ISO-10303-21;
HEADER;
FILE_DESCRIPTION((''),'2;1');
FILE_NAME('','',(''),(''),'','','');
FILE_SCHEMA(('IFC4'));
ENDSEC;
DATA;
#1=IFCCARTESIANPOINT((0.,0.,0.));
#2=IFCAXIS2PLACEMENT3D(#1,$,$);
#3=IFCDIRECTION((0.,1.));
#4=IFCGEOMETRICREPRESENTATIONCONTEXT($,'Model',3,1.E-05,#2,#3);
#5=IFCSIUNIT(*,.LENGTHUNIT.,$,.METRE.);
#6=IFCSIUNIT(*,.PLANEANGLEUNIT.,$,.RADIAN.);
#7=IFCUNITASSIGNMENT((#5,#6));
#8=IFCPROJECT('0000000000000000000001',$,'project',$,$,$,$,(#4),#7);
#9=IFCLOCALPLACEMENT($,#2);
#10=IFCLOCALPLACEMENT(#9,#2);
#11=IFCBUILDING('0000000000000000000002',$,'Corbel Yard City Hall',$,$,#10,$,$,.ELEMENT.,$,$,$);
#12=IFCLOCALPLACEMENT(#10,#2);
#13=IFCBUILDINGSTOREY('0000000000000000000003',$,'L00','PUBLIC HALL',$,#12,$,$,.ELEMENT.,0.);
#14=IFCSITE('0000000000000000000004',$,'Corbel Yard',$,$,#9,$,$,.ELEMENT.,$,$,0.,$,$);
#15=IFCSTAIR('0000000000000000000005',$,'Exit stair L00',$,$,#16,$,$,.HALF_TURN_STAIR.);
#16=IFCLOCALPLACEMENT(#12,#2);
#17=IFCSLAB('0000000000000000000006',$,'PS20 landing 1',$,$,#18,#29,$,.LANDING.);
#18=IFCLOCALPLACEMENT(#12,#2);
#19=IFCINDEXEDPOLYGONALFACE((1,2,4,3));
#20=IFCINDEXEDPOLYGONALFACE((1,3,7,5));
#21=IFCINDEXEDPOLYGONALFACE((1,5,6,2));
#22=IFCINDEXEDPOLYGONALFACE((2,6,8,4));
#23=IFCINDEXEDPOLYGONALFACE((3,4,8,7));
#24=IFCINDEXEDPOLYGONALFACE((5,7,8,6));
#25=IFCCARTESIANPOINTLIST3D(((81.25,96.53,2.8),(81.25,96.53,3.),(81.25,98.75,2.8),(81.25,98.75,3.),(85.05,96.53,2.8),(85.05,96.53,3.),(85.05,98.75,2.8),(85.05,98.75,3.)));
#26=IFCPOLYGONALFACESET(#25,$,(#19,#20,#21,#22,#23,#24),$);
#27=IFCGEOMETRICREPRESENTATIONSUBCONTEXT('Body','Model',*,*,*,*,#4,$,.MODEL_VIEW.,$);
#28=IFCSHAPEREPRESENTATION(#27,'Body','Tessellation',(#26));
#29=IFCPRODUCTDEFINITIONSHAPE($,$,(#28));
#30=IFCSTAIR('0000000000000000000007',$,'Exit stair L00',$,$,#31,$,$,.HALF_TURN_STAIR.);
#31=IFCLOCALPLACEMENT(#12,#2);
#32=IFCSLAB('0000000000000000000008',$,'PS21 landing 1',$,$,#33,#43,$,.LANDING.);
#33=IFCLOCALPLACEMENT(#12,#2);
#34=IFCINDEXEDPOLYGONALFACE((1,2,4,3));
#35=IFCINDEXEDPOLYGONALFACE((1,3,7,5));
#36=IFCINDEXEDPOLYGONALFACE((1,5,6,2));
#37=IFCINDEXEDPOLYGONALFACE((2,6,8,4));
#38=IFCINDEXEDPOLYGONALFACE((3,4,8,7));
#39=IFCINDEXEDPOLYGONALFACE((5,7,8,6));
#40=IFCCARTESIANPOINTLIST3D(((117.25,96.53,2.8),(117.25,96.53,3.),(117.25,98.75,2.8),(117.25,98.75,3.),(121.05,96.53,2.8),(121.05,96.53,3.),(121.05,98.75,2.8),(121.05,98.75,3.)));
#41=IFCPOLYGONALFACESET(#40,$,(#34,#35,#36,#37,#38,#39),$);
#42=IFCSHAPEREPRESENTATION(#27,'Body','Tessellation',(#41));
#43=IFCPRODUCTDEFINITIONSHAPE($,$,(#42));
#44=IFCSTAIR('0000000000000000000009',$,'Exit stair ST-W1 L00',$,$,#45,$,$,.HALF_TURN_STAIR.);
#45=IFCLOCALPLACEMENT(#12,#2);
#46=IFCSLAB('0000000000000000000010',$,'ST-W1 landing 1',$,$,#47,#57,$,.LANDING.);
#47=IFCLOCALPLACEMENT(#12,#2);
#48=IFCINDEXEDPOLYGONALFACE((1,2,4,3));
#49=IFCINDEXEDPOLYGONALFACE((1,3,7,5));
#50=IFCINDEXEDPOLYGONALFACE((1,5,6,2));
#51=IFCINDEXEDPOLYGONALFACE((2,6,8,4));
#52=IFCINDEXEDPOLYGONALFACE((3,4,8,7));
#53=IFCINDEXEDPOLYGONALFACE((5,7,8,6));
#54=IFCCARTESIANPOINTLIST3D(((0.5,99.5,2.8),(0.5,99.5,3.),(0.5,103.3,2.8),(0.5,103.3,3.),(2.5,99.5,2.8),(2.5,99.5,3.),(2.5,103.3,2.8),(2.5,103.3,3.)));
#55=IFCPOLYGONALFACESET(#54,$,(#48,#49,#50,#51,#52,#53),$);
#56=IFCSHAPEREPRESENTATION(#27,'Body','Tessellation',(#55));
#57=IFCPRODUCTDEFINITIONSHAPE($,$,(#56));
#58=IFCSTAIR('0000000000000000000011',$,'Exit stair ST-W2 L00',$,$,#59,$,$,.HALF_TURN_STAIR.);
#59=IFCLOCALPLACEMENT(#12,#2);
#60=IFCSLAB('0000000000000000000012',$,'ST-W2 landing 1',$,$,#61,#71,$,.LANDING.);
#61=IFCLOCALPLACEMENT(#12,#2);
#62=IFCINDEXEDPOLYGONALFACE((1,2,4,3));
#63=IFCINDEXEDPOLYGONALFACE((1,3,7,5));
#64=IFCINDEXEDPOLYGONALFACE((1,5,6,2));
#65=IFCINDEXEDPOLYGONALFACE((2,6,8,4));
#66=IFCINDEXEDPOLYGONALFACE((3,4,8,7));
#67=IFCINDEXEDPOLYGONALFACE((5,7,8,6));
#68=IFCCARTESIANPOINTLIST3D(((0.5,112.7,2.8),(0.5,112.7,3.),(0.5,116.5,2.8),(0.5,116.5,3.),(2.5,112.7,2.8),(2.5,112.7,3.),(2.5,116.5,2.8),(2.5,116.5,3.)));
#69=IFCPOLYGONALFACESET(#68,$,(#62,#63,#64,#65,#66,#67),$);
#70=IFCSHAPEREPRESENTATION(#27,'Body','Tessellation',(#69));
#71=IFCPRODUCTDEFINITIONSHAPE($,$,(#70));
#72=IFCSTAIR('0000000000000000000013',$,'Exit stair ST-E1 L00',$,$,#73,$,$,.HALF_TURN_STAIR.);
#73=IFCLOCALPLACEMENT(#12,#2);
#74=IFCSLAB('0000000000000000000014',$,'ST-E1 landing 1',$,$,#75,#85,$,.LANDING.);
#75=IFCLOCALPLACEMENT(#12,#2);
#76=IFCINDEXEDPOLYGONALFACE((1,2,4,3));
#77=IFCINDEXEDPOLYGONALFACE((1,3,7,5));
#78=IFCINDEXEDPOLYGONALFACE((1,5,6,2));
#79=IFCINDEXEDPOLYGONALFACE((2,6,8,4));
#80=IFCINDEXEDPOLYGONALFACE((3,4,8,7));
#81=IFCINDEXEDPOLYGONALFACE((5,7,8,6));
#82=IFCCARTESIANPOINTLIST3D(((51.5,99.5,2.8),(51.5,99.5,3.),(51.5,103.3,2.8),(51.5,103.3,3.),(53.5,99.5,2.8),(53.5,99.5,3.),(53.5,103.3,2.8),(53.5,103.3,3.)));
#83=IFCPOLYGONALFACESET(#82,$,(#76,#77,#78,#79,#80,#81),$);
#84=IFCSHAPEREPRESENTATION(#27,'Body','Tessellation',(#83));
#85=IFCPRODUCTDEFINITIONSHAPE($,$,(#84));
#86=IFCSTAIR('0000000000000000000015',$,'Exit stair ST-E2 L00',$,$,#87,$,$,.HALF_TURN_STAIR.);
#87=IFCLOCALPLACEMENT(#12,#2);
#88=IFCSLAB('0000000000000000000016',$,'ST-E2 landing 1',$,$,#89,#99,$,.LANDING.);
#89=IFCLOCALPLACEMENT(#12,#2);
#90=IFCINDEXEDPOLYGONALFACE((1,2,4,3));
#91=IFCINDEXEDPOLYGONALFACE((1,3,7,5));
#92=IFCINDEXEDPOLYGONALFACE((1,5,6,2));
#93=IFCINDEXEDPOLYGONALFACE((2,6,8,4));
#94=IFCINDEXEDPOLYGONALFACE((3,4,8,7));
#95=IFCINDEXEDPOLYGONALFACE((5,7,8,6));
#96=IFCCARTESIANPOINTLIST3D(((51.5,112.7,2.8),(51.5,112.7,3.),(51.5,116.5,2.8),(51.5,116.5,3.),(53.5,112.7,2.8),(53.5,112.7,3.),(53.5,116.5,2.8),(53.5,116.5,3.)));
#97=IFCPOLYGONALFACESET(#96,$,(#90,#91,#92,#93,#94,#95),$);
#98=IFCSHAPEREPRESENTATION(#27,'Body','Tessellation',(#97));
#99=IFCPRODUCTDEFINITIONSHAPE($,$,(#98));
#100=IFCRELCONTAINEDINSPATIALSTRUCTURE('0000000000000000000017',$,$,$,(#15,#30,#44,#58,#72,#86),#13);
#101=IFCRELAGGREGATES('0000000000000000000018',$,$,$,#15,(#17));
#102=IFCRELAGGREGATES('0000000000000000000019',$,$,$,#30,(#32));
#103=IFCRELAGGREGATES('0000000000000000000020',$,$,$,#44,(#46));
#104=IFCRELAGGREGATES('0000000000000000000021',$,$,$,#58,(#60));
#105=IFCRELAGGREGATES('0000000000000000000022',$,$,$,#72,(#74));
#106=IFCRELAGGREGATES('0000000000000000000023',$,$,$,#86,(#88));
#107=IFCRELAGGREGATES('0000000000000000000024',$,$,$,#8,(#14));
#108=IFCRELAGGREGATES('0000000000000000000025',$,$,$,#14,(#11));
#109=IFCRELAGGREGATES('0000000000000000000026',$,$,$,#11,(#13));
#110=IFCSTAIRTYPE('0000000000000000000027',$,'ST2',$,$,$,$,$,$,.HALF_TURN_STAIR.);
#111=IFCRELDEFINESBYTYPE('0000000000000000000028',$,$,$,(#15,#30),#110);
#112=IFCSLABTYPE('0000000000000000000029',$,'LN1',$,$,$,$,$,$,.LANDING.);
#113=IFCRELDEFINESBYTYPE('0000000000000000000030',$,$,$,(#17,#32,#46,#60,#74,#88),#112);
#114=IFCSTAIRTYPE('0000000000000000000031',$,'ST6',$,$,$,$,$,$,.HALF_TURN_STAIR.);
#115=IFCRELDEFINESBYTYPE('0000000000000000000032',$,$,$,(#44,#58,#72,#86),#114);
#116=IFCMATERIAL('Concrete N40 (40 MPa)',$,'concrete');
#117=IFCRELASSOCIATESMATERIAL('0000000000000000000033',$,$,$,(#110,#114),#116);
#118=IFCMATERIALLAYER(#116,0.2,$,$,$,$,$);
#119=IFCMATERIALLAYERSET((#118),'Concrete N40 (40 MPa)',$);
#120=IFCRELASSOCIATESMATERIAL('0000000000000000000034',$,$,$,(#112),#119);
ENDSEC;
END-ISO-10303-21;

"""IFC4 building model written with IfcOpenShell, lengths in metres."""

from ifc_helpers import new_model, si_unit, direction, frame, origin, place, context, subcontext, project, spatial, polyline, outline, extrude, material, layer, layer_set, type_object, element, aggregate, save


model = new_model("IFC4")

# Units and contexts
model_context = context("Model", 3, precision=1e-05, world=origin(), true_north=direction((0.0, 1.0)))
body_context = subcontext(model_context, "Body", "Model", "MODEL_VIEW")
ifc_project = project(units=[si_unit("LENGTHUNIT", "METRE"), si_unit("PLANEANGLEUNIT", "RADIAN")], contexts=[model_context])

# Site, building, storey
site_placement = place(None, origin())
site = spatial("IfcSite", under=ifc_project, at=site_placement, Name="Corbel Yard", CompositionType="ELEMENT", RefElevation=0.0)
building_placement = place(site_placement, origin())
building = spatial("IfcBuilding", under=site, at=building_placement, Name="Corbel Yard City Hall", CompositionType="ELEMENT")
storey_placement = place(building_placement, origin())
storey = spatial("IfcBuildingStorey", under=building, at=storey_placement, Name="L00", Description="PUBLIC HALL", CompositionType="ELEMENT", Elevation=0.0)

# Stairs, slabs
ifc_material = material(Name="Concrete N40 (40 MPa)", Category="concrete")
stair_type_1 = type_object("IfcStairType", Name="ST2", PredefinedType="HALF_TURN_STAIR", material=ifc_material)
ifc_layer = layer(ifc_material, 0.2)
ifc_layer_set = layer_set([ifc_layer], Name="Concrete N40 (40 MPa)")
slab_type = type_object("IfcSlabType", Name="LN1", PredefinedType="LANDING", material=ifc_layer_set)
stair_1_placement = place(storey_placement, origin())
stair_1 = element("IfcStair", 1, at=stair_1_placement, inside=storey, type_object=stair_type_1, Name="Exit stair L00", PredefinedType="HALF_TURN_STAIR")
slab_1_placement = place(storey_placement, frame((0.0, 0.0, 2.8)))
slab_1 = element("IfcSlab", 2, at=slab_1_placement, type_object=slab_type, Name="PS20 landing 1", PredefinedType="LANDING", context=body_context, shape_type="SweptSolid", body=[
    extrude(outline(polyline([(81.25, 96.53), (85.05, 96.53), (85.05, 98.75), (81.25, 98.75), (81.25, 96.53)])), origin(), (0.0, 0.0, 1.0), 0.2),
])
aggregate(stair_1, [slab_1])
stair_2_placement = place(storey_placement, origin())
stair_2 = element("IfcStair", 3, at=stair_2_placement, inside=storey, type_object=stair_type_1, Name="Exit stair L00", PredefinedType="HALF_TURN_STAIR")
slab_2_placement = place(storey_placement, frame((0.0, 0.0, 2.8)))
slab_2 = element("IfcSlab", 4, at=slab_2_placement, type_object=slab_type, Name="PS21 landing 1", PredefinedType="LANDING", context=body_context, shape_type="SweptSolid", body=[
    extrude(outline(polyline([(117.25, 96.53), (121.05, 96.53), (121.05, 98.75), (117.25, 98.75), (117.25, 96.53)])), origin(), (0.0, 0.0, 1.0), 0.2),
])
aggregate(stair_2, [slab_2])
stair_type_2 = type_object("IfcStairType", Name="ST6", PredefinedType="HALF_TURN_STAIR", material=ifc_material)
stair_3_placement = place(storey_placement, origin())
stair_3 = element("IfcStair", 5, at=stair_3_placement, inside=storey, type_object=stair_type_2, Name="Exit stair ST-W1 L00", PredefinedType="HALF_TURN_STAIR")
slab_3_placement = place(storey_placement, frame((0.0, 0.0, 2.8)))
slab_3 = element("IfcSlab", 6, at=slab_3_placement, type_object=slab_type, Name="ST-W1 landing 1", PredefinedType="LANDING", context=body_context, shape_type="SweptSolid", body=[
    extrude(outline(polyline([(0.5, 99.5), (2.5, 99.5), (2.5, 103.3), (0.5, 103.3), (0.5, 99.5)])), origin(), (0.0, 0.0, 1.0), 0.2),
])
aggregate(stair_3, [slab_3])
stair_4_placement = place(storey_placement, origin())
stair_4 = element("IfcStair", 7, at=stair_4_placement, inside=storey, type_object=stair_type_2, Name="Exit stair ST-W2 L00", PredefinedType="HALF_TURN_STAIR")
slab_4_placement = place(storey_placement, frame((0.0, 0.0, 2.8)))
slab_4 = element("IfcSlab", 8, at=slab_4_placement, type_object=slab_type, Name="ST-W2 landing 1", PredefinedType="LANDING", context=body_context, shape_type="SweptSolid", body=[
    extrude(outline(polyline([(0.5, 112.7), (2.5, 112.7), (2.5, 116.5), (0.5, 116.5), (0.5, 112.7)])), origin(), (0.0, 0.0, 1.0), 0.2),
])
aggregate(stair_4, [slab_4])
stair_5_placement = place(storey_placement, origin())
stair_5 = element("IfcStair", 9, at=stair_5_placement, inside=storey, type_object=stair_type_2, Name="Exit stair ST-E1 L00", PredefinedType="HALF_TURN_STAIR")
slab_5_placement = place(storey_placement, frame((0.0, 0.0, 2.8)))
slab_5 = element("IfcSlab", 10, at=slab_5_placement, type_object=slab_type, Name="ST-E1 landing 1", PredefinedType="LANDING", context=body_context, shape_type="SweptSolid", body=[
    extrude(outline(polyline([(51.5, 99.5), (53.5, 99.5), (53.5, 103.3), (51.5, 103.3), (51.5, 99.5)])), origin(), (0.0, 0.0, 1.0), 0.2),
])
aggregate(stair_5, [slab_5])
stair_6_placement = place(storey_placement, origin())
stair_6 = element("IfcStair", 11, at=stair_6_placement, inside=storey, type_object=stair_type_2, Name="Exit stair ST-E2 L00", PredefinedType="HALF_TURN_STAIR")
slab_6_placement = place(storey_placement, frame((0.0, 0.0, 2.8)))
slab_6 = element("IfcSlab", 12, at=slab_6_placement, type_object=slab_type, Name="ST-E2 landing 1", PredefinedType="LANDING", context=body_context, shape_type="SweptSolid", body=[
    extrude(outline(polyline([(51.5, 112.7), (53.5, 112.7), (53.5, 116.5), (51.5, 116.5), (51.5, 112.7)])), origin(), (0.0, 0.0, 1.0), 0.2),
])
aggregate(stair_6, [slab_6])

save(model, "model.ifc")
